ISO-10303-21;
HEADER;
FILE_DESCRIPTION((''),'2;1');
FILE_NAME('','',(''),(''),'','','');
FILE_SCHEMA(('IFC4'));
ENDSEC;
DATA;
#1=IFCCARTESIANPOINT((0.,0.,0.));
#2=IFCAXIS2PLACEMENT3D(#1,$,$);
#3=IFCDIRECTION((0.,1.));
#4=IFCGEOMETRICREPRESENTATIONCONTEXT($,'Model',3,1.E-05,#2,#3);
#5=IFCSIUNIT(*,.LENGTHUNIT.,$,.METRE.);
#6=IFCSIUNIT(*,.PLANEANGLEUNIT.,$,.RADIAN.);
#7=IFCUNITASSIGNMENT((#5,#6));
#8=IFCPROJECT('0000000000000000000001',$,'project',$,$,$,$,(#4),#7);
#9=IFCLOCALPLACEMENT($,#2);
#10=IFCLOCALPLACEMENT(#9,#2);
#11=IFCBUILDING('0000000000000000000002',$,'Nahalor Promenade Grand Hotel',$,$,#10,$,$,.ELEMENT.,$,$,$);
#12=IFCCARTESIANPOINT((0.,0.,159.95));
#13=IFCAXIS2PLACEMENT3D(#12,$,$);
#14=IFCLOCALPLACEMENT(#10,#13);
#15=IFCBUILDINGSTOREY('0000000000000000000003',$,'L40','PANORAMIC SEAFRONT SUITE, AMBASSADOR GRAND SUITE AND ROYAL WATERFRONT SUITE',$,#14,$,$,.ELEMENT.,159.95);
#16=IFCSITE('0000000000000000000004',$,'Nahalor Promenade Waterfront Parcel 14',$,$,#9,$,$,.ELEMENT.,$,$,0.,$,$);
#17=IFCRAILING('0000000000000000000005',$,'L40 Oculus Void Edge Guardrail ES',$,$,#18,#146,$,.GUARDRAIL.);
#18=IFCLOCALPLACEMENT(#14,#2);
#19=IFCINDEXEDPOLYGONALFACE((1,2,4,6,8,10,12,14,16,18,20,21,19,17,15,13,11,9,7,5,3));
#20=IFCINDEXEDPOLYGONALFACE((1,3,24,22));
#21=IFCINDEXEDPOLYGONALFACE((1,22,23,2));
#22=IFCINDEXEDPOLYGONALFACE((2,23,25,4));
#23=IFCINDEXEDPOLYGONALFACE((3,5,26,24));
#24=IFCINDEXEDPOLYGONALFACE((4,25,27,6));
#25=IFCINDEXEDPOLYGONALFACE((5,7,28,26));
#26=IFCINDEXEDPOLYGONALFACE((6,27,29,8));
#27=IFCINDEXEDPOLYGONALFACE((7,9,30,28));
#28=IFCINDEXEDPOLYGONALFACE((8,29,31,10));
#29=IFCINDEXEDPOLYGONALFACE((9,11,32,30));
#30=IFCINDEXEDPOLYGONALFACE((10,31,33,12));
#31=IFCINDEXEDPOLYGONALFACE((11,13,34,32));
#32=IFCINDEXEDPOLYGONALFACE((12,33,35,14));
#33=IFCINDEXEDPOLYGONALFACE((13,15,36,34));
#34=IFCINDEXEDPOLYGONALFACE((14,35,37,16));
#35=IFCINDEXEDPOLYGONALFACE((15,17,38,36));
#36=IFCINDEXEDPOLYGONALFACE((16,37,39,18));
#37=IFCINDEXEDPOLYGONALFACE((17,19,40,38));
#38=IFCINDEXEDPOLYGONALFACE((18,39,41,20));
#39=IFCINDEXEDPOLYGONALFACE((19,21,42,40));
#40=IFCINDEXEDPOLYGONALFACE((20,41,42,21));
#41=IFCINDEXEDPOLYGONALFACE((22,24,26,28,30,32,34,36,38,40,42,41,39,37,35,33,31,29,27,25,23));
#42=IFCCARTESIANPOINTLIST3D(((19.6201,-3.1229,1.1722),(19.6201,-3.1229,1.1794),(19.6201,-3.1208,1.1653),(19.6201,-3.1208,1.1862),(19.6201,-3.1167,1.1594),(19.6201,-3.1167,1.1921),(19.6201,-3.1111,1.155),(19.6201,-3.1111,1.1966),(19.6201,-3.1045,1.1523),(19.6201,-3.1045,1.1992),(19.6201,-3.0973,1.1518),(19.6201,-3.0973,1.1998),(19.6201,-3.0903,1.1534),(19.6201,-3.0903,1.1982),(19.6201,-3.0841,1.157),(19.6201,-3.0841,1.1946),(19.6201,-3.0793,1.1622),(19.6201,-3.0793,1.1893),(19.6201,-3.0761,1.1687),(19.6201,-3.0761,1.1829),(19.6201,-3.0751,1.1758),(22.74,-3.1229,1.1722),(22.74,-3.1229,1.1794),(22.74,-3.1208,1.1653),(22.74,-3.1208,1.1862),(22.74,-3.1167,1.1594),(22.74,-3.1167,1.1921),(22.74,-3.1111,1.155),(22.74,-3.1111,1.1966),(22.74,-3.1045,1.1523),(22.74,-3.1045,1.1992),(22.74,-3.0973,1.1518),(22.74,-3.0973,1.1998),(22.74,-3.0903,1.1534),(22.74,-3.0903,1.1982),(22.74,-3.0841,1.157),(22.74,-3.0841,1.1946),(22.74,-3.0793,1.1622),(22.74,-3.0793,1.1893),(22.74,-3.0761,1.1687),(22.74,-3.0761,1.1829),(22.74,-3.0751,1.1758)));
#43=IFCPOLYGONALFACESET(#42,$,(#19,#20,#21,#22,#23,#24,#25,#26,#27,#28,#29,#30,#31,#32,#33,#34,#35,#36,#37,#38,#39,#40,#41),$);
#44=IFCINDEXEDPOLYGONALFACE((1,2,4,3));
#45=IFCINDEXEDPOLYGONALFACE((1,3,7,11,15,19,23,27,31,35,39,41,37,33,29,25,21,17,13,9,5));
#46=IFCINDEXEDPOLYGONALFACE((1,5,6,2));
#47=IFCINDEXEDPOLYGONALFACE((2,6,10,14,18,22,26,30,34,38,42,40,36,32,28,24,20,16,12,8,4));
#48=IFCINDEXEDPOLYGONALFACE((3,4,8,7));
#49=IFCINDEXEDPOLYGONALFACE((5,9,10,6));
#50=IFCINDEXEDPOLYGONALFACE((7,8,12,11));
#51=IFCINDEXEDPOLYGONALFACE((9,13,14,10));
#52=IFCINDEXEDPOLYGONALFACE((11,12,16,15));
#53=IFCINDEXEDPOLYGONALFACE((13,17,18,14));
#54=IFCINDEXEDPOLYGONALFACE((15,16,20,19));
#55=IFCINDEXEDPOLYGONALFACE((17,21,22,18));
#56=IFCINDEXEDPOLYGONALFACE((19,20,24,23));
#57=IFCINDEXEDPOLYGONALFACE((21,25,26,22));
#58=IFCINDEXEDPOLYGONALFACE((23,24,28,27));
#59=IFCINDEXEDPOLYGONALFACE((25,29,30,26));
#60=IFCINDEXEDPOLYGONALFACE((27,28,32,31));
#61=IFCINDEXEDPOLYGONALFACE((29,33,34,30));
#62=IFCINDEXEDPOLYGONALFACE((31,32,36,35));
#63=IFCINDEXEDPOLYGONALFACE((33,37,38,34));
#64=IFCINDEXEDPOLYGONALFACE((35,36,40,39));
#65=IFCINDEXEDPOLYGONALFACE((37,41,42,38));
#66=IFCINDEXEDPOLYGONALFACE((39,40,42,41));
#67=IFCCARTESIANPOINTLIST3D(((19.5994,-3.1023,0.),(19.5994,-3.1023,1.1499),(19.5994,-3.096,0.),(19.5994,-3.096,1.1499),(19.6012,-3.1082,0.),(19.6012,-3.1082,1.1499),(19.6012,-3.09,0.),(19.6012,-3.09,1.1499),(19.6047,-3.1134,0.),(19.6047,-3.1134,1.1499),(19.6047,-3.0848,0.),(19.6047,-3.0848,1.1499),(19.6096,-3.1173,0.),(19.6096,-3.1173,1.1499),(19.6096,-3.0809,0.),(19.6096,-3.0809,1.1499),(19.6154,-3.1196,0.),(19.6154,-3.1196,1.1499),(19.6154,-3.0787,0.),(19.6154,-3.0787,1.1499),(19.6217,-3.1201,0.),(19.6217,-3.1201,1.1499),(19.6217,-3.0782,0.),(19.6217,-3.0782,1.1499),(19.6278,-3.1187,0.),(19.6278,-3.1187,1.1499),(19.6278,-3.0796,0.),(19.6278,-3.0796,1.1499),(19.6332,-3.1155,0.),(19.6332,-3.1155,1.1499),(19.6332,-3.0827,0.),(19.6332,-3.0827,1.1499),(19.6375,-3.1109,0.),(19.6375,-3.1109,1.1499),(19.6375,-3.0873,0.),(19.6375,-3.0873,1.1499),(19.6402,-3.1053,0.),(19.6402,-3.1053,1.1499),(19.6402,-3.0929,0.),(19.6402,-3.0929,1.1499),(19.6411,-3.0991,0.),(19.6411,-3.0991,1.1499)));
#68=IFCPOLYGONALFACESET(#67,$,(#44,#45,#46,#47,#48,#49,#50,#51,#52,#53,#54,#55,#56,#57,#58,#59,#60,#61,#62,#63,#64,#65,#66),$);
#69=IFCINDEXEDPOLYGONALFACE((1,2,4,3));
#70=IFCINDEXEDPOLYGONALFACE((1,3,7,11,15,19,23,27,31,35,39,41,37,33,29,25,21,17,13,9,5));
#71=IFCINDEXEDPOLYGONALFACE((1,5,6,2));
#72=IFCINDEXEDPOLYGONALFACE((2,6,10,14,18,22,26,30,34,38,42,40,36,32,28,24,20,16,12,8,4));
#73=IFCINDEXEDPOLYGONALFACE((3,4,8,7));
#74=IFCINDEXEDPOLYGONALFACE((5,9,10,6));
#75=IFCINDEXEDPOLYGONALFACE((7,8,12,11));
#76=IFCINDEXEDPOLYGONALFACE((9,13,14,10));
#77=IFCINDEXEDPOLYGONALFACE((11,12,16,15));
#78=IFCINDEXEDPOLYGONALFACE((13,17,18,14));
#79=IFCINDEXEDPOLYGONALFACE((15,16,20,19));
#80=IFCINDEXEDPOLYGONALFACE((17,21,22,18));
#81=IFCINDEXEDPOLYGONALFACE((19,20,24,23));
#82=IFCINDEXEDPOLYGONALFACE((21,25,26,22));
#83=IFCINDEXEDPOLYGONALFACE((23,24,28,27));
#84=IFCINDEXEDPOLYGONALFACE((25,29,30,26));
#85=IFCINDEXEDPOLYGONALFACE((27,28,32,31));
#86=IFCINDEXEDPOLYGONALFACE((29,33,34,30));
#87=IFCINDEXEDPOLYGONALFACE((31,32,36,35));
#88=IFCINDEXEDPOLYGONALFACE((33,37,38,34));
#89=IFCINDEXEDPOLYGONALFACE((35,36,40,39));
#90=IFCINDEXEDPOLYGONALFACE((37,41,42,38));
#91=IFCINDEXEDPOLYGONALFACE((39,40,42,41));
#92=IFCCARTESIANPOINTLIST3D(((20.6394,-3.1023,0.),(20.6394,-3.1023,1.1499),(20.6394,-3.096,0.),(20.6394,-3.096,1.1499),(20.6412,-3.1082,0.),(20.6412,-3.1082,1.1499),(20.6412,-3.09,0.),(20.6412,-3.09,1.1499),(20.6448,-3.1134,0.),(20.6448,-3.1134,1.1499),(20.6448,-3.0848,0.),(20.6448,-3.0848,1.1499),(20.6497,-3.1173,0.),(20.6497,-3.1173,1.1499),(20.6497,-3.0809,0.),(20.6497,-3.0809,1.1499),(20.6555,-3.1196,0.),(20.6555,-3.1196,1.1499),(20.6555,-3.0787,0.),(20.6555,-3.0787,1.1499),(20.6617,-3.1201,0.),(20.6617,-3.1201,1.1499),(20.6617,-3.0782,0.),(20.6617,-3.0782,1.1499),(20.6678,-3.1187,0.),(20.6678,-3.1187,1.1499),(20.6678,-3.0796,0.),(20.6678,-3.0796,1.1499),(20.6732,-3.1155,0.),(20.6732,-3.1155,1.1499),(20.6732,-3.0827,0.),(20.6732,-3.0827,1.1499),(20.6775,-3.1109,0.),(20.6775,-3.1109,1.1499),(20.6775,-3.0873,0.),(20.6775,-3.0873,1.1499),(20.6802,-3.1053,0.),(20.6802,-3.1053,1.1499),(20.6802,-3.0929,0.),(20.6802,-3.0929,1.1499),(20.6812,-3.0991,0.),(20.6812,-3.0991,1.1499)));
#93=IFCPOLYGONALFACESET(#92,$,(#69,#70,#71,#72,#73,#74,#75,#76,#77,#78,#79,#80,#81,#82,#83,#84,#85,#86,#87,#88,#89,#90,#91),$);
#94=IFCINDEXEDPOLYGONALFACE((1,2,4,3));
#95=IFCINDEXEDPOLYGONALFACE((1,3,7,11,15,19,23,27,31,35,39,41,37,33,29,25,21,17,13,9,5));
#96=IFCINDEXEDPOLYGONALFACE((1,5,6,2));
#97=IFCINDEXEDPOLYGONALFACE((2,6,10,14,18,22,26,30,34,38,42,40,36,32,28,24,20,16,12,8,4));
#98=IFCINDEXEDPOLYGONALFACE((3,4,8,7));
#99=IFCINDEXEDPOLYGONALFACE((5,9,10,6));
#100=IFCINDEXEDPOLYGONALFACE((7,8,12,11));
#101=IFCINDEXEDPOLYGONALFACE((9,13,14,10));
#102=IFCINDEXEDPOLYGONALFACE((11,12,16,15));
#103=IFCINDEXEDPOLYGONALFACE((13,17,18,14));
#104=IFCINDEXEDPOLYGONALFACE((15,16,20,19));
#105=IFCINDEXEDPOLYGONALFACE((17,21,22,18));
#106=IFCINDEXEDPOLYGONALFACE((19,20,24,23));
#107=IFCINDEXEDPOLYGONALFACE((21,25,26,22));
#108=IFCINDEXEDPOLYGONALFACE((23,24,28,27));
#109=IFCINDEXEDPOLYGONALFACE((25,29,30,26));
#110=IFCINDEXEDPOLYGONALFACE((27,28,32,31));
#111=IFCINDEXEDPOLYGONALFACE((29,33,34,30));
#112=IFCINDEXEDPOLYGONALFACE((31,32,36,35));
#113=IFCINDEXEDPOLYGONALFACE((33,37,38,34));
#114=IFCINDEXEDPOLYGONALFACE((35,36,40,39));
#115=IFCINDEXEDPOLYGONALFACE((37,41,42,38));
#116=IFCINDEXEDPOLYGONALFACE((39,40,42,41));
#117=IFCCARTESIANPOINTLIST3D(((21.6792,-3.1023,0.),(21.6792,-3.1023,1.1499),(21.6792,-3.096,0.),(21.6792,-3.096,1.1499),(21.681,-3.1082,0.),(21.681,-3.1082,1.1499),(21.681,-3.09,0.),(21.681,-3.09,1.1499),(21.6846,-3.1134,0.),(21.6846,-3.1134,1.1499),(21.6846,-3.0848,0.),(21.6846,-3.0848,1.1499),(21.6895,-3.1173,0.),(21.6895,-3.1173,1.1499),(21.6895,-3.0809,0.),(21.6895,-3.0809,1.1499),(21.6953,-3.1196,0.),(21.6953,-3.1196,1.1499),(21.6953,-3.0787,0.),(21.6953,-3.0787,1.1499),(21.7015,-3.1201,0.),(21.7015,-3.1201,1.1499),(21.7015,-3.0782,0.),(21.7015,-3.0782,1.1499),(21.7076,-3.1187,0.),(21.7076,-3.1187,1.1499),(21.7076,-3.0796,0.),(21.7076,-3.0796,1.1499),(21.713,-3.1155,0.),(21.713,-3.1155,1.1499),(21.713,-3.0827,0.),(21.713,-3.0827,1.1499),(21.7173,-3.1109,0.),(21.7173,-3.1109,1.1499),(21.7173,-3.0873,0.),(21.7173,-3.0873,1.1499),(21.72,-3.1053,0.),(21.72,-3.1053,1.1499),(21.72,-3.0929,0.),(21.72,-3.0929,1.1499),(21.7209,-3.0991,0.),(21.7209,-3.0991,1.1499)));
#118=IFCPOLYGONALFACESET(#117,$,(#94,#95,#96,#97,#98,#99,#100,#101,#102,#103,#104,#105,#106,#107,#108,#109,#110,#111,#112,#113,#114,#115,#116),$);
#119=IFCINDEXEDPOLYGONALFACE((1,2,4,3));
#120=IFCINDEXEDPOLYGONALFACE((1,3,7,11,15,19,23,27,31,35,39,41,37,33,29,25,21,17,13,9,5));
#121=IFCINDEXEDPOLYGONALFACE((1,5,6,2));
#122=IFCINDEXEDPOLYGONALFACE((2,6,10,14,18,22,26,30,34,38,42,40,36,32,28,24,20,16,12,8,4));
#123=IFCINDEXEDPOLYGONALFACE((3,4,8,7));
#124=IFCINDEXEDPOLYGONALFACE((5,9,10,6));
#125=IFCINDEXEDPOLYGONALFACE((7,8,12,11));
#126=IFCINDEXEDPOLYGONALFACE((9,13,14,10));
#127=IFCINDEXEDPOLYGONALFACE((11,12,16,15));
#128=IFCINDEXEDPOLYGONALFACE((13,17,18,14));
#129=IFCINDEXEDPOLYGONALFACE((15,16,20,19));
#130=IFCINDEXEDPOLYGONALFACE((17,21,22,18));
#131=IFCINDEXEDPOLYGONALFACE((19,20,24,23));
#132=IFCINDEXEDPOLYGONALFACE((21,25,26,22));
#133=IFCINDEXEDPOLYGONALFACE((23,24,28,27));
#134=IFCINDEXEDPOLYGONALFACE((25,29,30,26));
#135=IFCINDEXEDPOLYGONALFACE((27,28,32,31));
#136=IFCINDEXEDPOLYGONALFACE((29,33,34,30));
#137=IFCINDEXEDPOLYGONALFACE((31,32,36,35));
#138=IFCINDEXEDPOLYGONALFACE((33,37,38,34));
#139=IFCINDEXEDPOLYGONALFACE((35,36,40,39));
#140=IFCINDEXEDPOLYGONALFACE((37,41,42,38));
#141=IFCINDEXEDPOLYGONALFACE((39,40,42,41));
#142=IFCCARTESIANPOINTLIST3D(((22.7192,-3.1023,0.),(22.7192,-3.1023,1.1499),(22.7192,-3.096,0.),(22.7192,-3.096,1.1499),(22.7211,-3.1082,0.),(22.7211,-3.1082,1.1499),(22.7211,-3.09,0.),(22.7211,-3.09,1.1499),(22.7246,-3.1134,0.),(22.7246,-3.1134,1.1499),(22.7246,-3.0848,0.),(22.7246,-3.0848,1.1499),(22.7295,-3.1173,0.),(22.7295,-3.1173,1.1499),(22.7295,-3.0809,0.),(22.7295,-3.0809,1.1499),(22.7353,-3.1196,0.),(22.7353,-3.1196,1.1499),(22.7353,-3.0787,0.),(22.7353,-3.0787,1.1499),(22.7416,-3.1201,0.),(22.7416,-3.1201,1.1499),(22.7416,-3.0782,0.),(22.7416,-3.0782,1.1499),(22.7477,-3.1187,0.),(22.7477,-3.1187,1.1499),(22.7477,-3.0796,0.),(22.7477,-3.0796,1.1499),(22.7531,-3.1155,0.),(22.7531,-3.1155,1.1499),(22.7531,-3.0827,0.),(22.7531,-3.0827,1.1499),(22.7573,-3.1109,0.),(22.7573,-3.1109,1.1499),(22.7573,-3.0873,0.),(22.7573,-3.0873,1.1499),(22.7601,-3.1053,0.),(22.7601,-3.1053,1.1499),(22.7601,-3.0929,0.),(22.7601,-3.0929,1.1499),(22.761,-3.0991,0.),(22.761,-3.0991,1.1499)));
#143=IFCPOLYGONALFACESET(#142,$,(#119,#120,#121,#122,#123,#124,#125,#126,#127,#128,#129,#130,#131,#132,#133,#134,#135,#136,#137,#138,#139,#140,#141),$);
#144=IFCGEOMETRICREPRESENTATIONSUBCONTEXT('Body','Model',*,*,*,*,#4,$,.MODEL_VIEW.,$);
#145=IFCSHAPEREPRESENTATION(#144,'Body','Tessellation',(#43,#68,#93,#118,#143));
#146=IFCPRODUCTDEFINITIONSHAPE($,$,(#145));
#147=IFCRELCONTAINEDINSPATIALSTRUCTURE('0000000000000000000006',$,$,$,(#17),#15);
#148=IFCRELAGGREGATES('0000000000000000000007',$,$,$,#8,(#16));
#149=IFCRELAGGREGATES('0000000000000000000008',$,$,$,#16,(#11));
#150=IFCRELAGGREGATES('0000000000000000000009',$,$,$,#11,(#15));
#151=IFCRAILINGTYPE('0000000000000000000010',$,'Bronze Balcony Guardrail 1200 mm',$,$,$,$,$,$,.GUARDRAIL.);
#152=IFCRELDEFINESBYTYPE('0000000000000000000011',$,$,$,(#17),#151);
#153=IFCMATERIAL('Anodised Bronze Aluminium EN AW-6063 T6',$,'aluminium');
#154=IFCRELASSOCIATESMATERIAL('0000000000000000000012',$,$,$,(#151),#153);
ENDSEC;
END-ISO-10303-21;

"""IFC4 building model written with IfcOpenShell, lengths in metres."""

from ifc_helpers import new_model, si_unit, direction, frame, origin, origin_2d, place, context, subcontext, project, spatial, circle, extrude, material, type_object, element, save


model = new_model("IFC4")

# Units and contexts
model_context = context("Model", 3, precision=1e-05, world=origin(), true_north=direction((0.0, 1.0)))
body_context = subcontext(model_context, "Body", "Model", "MODEL_VIEW")
ifc_project = project(units=[si_unit("LENGTHUNIT", "METRE"), si_unit("PLANEANGLEUNIT", "RADIAN")], contexts=[model_context])

# Site, building, storey
site_placement = place(None, origin())
site = spatial("IfcSite", under=ifc_project, at=site_placement, Name="Nahalor Promenade Waterfront Parcel 14", CompositionType="ELEMENT", RefElevation=0.0)
building_placement = place(site_placement, origin())
building = spatial("IfcBuilding", under=site, at=building_placement, Name="Nahalor Promenade Grand Hotel", CompositionType="ELEMENT")
storey_placement = place(building_placement, frame((0.0, 0.0, 159.95)))
storey = spatial("IfcBuildingStorey", under=building, at=storey_placement, Name="L40", Description="PANORAMIC SEAFRONT SUITE, AMBASSADOR GRAND SUITE AND ROYAL WATERFRONT SUITE", CompositionType="ELEMENT", Elevation=159.95)

# Shared definitions
ifc_material_1 = material(Name="Anodised Bronze Aluminium EN AW-6063 T6", Category="aluminium")

# Railing
railing_type = type_object("IfcRailingType", Name="Bronze Balcony Guardrail 1200 mm", PredefinedType="GUARDRAIL", material=ifc_material_1)
for number, where, name in (
    (1, (19.6201, -3.0991, 0.0), "L40 Oculus Void Edge Guardrail ES"),
):
    element("IfcRailing", number, at=place(storey_placement, frame(where)), inside=storey, type_object=railing_type, Name=name, PredefinedType="GUARDRAIL", context=body_context, shape_type="SweptSolid", body=[
        extrude(circle(Radius=0.024, at=origin_2d()), frame((0.0, 0.0, 1.1758), z_axis=(1.0, 0.0, 0.0), x_axis=(0.0, 1.0, 0.0)), (0.0, 0.0, 1.0), 3.1199),
        extrude(circle(Radius=0.021, at=origin_2d()), origin(), (0.0, 0.0, 1.0), 1.1499),
        extrude(circle(Radius=0.021, at=origin_2d()), frame((1.04, 0.0, 0.0)), (0.0, 0.0, 1.0), 1.1499),
        extrude(circle(Radius=0.021, at=origin_2d()), frame((2.0798, 0.0, 0.0)), (0.0, 0.0, 1.0), 1.1499),
        extrude(circle(Radius=0.021, at=origin_2d()), frame((3.1199, 0.0, 0.0)), (0.0, 0.0, 1.0), 1.1499),
    ])

save(model, "model.ifc")
